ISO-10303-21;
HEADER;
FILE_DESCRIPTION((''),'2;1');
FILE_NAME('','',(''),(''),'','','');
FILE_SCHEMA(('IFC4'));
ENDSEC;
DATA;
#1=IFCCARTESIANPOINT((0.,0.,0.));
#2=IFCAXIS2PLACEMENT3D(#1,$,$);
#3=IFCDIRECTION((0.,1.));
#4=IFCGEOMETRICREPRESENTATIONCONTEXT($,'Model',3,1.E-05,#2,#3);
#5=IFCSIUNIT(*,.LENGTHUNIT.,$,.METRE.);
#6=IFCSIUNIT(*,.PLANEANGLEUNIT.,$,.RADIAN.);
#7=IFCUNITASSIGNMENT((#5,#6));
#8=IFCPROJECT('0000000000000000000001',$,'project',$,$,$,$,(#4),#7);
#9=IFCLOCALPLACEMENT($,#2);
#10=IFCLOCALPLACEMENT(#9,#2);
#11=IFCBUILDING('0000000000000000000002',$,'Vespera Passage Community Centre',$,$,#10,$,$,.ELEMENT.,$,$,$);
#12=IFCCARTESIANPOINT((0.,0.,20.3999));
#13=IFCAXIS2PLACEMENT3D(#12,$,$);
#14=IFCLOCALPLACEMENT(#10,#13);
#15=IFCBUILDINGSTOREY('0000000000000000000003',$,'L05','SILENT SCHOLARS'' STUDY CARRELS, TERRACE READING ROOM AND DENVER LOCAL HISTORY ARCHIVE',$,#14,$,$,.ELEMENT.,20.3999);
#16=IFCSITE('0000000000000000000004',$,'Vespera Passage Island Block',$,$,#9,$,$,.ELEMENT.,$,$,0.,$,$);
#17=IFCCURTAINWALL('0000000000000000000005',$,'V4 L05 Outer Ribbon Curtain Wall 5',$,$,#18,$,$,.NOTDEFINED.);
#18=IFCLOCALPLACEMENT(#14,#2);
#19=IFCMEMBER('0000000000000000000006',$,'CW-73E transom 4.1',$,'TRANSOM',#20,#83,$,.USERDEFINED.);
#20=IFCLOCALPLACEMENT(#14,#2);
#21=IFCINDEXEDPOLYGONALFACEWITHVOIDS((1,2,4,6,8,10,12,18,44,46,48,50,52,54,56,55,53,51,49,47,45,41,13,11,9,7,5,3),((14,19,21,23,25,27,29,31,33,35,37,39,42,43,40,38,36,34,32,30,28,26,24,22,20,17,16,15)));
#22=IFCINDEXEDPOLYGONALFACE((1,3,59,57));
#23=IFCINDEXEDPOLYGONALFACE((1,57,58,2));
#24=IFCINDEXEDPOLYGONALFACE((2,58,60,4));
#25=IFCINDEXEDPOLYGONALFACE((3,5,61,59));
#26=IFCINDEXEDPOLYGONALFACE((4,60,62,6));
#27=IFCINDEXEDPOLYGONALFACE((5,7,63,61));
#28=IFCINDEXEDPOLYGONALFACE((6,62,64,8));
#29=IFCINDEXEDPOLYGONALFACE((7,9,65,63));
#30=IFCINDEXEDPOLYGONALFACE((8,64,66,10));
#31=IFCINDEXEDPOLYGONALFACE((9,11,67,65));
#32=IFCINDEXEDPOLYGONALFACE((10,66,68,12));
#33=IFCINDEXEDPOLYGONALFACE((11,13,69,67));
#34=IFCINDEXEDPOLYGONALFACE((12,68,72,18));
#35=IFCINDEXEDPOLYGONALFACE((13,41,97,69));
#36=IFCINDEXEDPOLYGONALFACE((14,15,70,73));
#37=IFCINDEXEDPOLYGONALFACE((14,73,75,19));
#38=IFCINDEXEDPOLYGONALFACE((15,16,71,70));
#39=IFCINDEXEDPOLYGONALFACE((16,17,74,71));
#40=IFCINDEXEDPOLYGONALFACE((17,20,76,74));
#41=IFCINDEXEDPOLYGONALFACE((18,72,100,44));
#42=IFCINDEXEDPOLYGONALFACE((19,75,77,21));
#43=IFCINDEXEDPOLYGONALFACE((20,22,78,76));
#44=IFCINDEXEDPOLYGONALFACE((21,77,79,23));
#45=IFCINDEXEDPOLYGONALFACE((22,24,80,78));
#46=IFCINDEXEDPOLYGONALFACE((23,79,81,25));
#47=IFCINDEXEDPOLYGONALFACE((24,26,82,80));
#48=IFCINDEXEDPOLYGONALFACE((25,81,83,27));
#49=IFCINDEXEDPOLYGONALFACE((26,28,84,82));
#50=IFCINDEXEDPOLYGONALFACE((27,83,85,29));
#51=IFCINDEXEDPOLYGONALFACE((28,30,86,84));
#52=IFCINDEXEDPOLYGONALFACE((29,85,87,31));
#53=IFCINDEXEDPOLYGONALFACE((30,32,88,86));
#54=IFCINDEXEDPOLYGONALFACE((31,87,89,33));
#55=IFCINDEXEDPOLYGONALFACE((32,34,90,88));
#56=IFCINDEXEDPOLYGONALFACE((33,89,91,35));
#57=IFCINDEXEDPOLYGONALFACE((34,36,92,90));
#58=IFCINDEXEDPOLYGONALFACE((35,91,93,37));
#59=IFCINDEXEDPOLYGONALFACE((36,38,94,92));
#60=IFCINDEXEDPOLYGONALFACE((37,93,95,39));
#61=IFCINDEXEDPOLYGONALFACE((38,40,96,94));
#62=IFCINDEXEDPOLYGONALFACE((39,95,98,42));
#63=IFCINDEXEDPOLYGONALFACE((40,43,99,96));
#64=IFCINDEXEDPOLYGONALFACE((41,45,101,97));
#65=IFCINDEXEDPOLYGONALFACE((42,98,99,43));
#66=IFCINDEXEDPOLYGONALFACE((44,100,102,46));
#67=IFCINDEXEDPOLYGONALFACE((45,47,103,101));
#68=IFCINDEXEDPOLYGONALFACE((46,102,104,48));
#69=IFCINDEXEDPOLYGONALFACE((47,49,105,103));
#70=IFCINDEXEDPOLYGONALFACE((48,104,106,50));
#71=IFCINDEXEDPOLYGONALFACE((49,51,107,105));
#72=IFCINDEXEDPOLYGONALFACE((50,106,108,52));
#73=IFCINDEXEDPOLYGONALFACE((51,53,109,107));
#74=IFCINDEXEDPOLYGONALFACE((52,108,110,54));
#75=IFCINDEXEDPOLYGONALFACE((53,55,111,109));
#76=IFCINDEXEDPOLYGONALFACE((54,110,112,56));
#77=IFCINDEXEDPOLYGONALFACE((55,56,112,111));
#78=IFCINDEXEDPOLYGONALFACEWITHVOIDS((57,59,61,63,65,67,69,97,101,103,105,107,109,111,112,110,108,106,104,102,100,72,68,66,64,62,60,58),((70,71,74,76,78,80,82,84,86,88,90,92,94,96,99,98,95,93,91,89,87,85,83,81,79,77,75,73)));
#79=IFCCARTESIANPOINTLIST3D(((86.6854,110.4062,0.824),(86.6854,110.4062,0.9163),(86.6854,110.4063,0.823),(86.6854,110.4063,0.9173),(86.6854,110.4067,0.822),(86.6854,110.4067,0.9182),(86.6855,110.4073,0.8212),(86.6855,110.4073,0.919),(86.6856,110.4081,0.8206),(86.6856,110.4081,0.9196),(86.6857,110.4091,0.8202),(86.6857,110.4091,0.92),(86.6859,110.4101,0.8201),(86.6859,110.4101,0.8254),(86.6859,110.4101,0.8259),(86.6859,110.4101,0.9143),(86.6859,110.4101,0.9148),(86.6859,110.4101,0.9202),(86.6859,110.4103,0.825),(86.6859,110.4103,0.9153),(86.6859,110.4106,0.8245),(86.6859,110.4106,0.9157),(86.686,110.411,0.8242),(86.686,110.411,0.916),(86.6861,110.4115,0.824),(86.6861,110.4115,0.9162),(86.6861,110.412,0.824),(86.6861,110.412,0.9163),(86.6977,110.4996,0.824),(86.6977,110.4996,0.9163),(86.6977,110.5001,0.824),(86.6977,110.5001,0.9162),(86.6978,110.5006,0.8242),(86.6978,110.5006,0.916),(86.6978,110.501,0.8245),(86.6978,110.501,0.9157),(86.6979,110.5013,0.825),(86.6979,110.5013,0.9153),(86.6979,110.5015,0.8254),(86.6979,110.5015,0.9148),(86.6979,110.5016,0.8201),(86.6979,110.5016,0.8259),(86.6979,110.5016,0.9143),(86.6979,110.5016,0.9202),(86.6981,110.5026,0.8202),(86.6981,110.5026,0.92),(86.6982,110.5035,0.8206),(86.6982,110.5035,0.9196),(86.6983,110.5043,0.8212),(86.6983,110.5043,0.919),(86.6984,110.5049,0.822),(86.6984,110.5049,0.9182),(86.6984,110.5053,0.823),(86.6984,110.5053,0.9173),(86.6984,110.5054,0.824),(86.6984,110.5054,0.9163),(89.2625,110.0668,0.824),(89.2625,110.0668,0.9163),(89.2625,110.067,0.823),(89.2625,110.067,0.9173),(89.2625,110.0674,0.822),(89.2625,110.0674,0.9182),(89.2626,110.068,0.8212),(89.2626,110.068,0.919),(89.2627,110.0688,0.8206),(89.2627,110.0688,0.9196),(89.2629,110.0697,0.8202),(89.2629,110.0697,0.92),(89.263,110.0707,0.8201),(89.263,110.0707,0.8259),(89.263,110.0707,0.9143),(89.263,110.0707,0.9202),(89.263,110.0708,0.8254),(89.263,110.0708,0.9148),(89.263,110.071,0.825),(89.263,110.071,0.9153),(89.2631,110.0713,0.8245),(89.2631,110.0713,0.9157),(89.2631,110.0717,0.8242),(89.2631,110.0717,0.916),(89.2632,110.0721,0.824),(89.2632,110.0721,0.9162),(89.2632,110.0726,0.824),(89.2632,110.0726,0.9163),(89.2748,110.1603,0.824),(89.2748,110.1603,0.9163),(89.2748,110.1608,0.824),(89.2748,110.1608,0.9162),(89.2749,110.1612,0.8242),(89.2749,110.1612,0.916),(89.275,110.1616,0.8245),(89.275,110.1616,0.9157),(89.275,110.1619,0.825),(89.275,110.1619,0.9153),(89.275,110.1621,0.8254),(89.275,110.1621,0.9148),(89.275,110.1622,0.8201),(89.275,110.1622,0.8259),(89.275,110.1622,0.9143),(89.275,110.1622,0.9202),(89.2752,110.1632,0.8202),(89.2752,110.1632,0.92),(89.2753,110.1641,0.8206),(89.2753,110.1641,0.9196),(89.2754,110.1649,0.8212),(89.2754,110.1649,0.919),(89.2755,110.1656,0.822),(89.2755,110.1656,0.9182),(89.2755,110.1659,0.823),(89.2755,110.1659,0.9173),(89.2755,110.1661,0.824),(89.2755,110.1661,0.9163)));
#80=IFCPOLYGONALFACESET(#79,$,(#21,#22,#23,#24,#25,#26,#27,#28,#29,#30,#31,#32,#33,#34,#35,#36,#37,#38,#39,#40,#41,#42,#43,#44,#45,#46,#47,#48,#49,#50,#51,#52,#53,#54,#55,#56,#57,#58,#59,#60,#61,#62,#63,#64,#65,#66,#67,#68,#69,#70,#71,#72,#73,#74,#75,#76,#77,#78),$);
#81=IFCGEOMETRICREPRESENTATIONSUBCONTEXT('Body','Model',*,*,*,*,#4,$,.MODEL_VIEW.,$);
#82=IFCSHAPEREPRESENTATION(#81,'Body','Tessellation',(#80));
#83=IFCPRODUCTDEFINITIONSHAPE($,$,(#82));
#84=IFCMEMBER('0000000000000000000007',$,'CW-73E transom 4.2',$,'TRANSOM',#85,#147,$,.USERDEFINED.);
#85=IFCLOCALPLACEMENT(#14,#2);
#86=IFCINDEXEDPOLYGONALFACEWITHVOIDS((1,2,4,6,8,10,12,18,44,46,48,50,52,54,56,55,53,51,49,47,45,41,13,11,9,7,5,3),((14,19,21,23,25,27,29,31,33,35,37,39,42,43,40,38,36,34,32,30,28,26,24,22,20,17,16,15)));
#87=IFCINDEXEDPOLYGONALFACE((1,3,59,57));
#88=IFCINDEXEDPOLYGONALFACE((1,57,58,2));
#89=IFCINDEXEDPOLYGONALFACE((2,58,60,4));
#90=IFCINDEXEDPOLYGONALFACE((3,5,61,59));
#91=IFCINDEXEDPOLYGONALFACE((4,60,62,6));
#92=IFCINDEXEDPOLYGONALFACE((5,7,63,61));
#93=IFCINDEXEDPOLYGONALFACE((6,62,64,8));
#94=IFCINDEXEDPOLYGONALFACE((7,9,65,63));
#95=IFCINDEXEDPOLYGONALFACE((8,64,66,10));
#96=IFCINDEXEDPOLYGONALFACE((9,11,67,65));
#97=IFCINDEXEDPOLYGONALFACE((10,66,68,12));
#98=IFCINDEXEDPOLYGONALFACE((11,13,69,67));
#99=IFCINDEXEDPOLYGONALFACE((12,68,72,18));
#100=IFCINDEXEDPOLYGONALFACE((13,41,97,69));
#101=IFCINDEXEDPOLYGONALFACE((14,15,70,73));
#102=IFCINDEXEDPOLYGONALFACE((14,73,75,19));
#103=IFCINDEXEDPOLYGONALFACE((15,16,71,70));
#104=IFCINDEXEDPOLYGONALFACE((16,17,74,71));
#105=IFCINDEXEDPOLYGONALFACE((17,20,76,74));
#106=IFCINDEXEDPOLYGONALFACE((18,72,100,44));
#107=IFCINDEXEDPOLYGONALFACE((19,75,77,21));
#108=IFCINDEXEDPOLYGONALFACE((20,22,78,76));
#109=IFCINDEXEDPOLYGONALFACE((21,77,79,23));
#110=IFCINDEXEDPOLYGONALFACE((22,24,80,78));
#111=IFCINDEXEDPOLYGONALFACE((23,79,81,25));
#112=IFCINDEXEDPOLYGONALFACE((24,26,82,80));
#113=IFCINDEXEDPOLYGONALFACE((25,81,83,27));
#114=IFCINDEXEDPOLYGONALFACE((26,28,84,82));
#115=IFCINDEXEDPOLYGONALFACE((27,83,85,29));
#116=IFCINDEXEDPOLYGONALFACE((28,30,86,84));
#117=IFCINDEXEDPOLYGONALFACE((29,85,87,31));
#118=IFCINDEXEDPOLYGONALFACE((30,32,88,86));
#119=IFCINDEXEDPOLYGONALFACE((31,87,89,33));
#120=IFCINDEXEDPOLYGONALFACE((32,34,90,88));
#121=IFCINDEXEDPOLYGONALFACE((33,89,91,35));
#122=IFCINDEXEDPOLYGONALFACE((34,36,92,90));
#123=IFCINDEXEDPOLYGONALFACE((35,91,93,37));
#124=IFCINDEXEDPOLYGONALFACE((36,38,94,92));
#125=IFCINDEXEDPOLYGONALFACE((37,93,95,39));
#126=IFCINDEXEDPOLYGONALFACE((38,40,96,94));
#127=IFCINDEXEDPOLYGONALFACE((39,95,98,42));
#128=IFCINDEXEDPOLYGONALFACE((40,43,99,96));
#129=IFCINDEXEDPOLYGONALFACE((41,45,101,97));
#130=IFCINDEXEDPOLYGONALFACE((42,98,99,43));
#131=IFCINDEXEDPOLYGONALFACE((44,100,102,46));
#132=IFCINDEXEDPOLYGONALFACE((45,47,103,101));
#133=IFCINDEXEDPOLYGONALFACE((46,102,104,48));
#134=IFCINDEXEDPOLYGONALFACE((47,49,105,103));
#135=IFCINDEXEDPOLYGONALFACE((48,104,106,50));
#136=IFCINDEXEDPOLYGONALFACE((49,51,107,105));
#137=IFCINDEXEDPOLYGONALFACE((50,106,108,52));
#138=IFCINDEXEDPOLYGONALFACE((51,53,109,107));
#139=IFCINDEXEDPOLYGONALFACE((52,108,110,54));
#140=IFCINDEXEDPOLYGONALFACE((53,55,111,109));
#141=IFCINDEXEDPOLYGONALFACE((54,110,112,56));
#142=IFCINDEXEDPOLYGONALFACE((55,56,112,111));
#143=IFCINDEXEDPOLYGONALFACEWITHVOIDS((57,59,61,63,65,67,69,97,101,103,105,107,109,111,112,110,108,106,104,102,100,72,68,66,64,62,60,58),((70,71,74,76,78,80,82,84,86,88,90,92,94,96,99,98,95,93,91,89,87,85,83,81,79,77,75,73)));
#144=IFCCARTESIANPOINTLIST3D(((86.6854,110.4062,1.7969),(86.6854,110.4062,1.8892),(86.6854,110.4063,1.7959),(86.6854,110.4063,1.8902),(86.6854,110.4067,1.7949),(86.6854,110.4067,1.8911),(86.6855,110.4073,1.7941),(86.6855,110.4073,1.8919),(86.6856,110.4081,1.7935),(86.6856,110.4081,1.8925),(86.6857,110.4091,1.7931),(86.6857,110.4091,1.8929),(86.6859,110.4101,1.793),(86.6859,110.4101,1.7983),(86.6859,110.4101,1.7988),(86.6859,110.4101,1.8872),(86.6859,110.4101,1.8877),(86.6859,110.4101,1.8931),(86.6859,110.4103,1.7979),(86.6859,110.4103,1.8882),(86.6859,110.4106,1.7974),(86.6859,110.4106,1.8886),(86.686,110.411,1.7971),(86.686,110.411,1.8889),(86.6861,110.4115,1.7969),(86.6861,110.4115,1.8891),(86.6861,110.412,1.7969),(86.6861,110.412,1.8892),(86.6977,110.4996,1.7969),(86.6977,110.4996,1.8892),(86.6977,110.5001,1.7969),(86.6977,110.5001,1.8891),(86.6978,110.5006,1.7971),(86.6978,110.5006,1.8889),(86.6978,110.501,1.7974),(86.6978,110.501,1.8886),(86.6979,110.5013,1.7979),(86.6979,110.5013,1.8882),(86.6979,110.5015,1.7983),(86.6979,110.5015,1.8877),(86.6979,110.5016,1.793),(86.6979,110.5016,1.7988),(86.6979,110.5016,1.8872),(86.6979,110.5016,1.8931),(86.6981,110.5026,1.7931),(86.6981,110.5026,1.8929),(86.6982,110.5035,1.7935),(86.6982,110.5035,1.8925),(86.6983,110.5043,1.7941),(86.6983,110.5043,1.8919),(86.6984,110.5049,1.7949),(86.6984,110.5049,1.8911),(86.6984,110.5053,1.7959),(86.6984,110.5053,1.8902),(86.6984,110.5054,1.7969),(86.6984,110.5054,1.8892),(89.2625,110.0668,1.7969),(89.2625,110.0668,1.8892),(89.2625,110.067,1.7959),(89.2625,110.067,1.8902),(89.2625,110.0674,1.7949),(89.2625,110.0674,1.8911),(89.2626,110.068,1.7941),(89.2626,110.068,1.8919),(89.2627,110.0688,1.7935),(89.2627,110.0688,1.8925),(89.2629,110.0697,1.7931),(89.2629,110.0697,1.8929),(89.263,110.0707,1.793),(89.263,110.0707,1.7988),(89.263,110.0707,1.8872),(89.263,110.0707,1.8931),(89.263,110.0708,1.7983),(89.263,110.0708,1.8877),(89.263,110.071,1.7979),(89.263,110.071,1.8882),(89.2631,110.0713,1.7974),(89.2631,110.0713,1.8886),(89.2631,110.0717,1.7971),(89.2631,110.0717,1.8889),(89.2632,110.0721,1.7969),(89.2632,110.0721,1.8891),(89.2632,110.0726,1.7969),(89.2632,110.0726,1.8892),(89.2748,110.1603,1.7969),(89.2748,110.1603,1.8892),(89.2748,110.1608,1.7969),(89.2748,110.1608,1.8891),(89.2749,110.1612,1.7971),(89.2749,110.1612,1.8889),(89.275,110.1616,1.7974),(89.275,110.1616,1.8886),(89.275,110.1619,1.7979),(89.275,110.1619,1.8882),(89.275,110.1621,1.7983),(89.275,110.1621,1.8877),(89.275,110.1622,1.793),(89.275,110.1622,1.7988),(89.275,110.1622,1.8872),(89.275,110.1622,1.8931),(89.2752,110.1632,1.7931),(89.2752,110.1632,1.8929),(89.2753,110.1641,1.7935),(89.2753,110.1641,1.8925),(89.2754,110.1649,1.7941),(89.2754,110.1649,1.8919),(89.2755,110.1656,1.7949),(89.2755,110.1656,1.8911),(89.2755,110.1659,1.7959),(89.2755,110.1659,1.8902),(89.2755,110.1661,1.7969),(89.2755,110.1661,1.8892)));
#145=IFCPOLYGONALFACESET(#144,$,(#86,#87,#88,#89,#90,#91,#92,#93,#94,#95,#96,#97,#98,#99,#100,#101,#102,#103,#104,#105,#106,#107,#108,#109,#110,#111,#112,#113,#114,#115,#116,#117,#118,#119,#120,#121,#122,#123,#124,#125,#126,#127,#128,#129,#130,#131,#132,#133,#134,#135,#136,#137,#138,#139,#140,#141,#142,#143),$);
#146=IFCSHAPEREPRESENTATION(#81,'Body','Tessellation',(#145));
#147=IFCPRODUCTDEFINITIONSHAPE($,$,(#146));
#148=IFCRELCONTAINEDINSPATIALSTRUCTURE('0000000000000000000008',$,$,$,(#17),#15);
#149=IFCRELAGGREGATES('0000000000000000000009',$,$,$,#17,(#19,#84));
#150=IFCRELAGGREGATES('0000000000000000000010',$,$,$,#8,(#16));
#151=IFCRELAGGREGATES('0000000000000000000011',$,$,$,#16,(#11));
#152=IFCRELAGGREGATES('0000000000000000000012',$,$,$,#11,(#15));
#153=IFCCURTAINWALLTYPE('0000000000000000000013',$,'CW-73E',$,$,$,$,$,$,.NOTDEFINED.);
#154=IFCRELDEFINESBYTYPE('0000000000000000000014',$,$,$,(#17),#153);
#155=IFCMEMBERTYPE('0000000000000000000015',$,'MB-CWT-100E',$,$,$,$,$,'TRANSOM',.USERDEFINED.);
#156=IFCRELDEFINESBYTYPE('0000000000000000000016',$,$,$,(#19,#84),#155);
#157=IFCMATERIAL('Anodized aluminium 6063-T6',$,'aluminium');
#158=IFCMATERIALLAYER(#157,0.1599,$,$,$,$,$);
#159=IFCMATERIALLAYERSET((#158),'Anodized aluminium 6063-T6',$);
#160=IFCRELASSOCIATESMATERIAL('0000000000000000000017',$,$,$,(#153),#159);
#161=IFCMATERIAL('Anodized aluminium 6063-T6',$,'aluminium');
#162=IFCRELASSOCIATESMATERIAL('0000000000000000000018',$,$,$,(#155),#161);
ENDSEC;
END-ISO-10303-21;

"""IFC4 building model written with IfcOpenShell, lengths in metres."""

from ifc_helpers import new_model, si_unit, direction, frame, origin, origin_2d, place, context, subcontext, project, spatial, hollow_rectangle, extrude, material, layer, layer_set, material_profile, profile_set, type_object, element, aggregate, save


model = new_model("IFC4")

# Units and contexts
model_context = context("Model", 3, precision=1e-05, world=origin(), true_north=direction((0.0, 1.0)))
body_context = subcontext(model_context, "Body", "Model", "MODEL_VIEW")
ifc_project = project(units=[si_unit("LENGTHUNIT", "METRE"), si_unit("PLANEANGLEUNIT", "RADIAN")], contexts=[model_context])

# Site, building, storey
site_placement = place(None, origin())
site = spatial("IfcSite", under=ifc_project, at=site_placement, Name="Vespera Passage Island Block", CompositionType="ELEMENT", RefElevation=0.0)
building_placement = place(site_placement, origin())
building = spatial("IfcBuilding", under=site, at=building_placement, Name="Vespera Passage Community Centre", CompositionType="ELEMENT")
storey_placement = place(building_placement, frame((0.0, 0.0, 20.3999)))
storey = spatial("IfcBuildingStorey", under=building, at=storey_placement, Name="L05", Description="SILENT SCHOLARS' STUDY CARRELS, TERRACE READING ROOM AND DENVER LOCAL HISTORY ARCHIVE", CompositionType="ELEMENT", Elevation=20.3999)

# Curtain wall, members
ifc_material_1 = material(Name="Anodized aluminium 6063-T6", Category="aluminium")
ifc_layer_1 = layer(ifc_material_1, 0.1599)
ifc_layer_set_1 = layer_set([ifc_layer_1], Name="Anodized aluminium 6063-T6")
curtain_wall_type_1 = type_object("IfcCurtainWallType", Name="CW-73E", PredefinedType="NOTDEFINED", material=ifc_layer_set_1)
curtain_wall_1_placement = place(storey_placement, origin())
curtain_wall_1 = element("IfcCurtainWall", 1, at=curtain_wall_1_placement, inside=storey, type_object=curtain_wall_type_1, Name="V4 L05 Outer Ribbon Curtain Wall 5", PredefinedType="NOTDEFINED")
ifc_material_2 = material(Name="Anodized aluminium 6063-T6", Category="aluminium")
ifc_material_profile_1 = material_profile(ifc_material_2, hollow_rectangle(XDim=0.1001, YDim=0.1001, WallThickness=0.0039, InnerFilletRadius=0.002, OuterFilletRadius=0.0039, at=origin_2d()), Name="ALU100X100X4")
ifc_profile_set_1 = profile_set([ifc_material_profile_1], Name="Anodized aluminium 6063-T6")
member_type_1 = type_object("IfcMemberType", Name="MB-CWT-100E", ElementType="TRANSOM", PredefinedType="USERDEFINED", material=ifc_profile_set_1)
member_1_placement = place(storey_placement, frame((86.6919, 110.4558, 0.8701), z_axis=(0.991442, -0.130552, 0.0), x_axis=(0.130552, 0.991442, 0.0)))
member_1 = element("IfcMember", 2, at=member_1_placement, type_object=member_type_1, Name="CW-73E transom 4.1", ObjectType="TRANSOM", PredefinedType="USERDEFINED", context=body_context, shape_type="SweptSolid", body=[
    extrude(hollow_rectangle(XDim=0.1001, YDim=0.1001, WallThickness=0.0039, InnerFilletRadius=0.002, OuterFilletRadius=0.0039, at=origin_2d()), origin(), (0.0, 0.0, 1.0), 2.5994),
])
member_2_placement = place(storey_placement, frame((86.6919, 110.4558, 1.843), z_axis=(0.991442, -0.130552, 0.0), x_axis=(0.130552, 0.991442, 0.0)))
member_2 = element("IfcMember", 3, at=member_2_placement, type_object=member_type_1, Name="CW-73E transom 4.2", ObjectType="TRANSOM", PredefinedType="USERDEFINED", context=body_context, shape_type="SweptSolid", body=[
    extrude(hollow_rectangle(XDim=0.1001, YDim=0.1001, WallThickness=0.0039, InnerFilletRadius=0.002, OuterFilletRadius=0.0039, at=origin_2d()), origin(), (0.0, 0.0, 1.0), 2.5994),
])

aggregate(curtain_wall_1, [member_1, member_2])

save(model, "model.ifc")
